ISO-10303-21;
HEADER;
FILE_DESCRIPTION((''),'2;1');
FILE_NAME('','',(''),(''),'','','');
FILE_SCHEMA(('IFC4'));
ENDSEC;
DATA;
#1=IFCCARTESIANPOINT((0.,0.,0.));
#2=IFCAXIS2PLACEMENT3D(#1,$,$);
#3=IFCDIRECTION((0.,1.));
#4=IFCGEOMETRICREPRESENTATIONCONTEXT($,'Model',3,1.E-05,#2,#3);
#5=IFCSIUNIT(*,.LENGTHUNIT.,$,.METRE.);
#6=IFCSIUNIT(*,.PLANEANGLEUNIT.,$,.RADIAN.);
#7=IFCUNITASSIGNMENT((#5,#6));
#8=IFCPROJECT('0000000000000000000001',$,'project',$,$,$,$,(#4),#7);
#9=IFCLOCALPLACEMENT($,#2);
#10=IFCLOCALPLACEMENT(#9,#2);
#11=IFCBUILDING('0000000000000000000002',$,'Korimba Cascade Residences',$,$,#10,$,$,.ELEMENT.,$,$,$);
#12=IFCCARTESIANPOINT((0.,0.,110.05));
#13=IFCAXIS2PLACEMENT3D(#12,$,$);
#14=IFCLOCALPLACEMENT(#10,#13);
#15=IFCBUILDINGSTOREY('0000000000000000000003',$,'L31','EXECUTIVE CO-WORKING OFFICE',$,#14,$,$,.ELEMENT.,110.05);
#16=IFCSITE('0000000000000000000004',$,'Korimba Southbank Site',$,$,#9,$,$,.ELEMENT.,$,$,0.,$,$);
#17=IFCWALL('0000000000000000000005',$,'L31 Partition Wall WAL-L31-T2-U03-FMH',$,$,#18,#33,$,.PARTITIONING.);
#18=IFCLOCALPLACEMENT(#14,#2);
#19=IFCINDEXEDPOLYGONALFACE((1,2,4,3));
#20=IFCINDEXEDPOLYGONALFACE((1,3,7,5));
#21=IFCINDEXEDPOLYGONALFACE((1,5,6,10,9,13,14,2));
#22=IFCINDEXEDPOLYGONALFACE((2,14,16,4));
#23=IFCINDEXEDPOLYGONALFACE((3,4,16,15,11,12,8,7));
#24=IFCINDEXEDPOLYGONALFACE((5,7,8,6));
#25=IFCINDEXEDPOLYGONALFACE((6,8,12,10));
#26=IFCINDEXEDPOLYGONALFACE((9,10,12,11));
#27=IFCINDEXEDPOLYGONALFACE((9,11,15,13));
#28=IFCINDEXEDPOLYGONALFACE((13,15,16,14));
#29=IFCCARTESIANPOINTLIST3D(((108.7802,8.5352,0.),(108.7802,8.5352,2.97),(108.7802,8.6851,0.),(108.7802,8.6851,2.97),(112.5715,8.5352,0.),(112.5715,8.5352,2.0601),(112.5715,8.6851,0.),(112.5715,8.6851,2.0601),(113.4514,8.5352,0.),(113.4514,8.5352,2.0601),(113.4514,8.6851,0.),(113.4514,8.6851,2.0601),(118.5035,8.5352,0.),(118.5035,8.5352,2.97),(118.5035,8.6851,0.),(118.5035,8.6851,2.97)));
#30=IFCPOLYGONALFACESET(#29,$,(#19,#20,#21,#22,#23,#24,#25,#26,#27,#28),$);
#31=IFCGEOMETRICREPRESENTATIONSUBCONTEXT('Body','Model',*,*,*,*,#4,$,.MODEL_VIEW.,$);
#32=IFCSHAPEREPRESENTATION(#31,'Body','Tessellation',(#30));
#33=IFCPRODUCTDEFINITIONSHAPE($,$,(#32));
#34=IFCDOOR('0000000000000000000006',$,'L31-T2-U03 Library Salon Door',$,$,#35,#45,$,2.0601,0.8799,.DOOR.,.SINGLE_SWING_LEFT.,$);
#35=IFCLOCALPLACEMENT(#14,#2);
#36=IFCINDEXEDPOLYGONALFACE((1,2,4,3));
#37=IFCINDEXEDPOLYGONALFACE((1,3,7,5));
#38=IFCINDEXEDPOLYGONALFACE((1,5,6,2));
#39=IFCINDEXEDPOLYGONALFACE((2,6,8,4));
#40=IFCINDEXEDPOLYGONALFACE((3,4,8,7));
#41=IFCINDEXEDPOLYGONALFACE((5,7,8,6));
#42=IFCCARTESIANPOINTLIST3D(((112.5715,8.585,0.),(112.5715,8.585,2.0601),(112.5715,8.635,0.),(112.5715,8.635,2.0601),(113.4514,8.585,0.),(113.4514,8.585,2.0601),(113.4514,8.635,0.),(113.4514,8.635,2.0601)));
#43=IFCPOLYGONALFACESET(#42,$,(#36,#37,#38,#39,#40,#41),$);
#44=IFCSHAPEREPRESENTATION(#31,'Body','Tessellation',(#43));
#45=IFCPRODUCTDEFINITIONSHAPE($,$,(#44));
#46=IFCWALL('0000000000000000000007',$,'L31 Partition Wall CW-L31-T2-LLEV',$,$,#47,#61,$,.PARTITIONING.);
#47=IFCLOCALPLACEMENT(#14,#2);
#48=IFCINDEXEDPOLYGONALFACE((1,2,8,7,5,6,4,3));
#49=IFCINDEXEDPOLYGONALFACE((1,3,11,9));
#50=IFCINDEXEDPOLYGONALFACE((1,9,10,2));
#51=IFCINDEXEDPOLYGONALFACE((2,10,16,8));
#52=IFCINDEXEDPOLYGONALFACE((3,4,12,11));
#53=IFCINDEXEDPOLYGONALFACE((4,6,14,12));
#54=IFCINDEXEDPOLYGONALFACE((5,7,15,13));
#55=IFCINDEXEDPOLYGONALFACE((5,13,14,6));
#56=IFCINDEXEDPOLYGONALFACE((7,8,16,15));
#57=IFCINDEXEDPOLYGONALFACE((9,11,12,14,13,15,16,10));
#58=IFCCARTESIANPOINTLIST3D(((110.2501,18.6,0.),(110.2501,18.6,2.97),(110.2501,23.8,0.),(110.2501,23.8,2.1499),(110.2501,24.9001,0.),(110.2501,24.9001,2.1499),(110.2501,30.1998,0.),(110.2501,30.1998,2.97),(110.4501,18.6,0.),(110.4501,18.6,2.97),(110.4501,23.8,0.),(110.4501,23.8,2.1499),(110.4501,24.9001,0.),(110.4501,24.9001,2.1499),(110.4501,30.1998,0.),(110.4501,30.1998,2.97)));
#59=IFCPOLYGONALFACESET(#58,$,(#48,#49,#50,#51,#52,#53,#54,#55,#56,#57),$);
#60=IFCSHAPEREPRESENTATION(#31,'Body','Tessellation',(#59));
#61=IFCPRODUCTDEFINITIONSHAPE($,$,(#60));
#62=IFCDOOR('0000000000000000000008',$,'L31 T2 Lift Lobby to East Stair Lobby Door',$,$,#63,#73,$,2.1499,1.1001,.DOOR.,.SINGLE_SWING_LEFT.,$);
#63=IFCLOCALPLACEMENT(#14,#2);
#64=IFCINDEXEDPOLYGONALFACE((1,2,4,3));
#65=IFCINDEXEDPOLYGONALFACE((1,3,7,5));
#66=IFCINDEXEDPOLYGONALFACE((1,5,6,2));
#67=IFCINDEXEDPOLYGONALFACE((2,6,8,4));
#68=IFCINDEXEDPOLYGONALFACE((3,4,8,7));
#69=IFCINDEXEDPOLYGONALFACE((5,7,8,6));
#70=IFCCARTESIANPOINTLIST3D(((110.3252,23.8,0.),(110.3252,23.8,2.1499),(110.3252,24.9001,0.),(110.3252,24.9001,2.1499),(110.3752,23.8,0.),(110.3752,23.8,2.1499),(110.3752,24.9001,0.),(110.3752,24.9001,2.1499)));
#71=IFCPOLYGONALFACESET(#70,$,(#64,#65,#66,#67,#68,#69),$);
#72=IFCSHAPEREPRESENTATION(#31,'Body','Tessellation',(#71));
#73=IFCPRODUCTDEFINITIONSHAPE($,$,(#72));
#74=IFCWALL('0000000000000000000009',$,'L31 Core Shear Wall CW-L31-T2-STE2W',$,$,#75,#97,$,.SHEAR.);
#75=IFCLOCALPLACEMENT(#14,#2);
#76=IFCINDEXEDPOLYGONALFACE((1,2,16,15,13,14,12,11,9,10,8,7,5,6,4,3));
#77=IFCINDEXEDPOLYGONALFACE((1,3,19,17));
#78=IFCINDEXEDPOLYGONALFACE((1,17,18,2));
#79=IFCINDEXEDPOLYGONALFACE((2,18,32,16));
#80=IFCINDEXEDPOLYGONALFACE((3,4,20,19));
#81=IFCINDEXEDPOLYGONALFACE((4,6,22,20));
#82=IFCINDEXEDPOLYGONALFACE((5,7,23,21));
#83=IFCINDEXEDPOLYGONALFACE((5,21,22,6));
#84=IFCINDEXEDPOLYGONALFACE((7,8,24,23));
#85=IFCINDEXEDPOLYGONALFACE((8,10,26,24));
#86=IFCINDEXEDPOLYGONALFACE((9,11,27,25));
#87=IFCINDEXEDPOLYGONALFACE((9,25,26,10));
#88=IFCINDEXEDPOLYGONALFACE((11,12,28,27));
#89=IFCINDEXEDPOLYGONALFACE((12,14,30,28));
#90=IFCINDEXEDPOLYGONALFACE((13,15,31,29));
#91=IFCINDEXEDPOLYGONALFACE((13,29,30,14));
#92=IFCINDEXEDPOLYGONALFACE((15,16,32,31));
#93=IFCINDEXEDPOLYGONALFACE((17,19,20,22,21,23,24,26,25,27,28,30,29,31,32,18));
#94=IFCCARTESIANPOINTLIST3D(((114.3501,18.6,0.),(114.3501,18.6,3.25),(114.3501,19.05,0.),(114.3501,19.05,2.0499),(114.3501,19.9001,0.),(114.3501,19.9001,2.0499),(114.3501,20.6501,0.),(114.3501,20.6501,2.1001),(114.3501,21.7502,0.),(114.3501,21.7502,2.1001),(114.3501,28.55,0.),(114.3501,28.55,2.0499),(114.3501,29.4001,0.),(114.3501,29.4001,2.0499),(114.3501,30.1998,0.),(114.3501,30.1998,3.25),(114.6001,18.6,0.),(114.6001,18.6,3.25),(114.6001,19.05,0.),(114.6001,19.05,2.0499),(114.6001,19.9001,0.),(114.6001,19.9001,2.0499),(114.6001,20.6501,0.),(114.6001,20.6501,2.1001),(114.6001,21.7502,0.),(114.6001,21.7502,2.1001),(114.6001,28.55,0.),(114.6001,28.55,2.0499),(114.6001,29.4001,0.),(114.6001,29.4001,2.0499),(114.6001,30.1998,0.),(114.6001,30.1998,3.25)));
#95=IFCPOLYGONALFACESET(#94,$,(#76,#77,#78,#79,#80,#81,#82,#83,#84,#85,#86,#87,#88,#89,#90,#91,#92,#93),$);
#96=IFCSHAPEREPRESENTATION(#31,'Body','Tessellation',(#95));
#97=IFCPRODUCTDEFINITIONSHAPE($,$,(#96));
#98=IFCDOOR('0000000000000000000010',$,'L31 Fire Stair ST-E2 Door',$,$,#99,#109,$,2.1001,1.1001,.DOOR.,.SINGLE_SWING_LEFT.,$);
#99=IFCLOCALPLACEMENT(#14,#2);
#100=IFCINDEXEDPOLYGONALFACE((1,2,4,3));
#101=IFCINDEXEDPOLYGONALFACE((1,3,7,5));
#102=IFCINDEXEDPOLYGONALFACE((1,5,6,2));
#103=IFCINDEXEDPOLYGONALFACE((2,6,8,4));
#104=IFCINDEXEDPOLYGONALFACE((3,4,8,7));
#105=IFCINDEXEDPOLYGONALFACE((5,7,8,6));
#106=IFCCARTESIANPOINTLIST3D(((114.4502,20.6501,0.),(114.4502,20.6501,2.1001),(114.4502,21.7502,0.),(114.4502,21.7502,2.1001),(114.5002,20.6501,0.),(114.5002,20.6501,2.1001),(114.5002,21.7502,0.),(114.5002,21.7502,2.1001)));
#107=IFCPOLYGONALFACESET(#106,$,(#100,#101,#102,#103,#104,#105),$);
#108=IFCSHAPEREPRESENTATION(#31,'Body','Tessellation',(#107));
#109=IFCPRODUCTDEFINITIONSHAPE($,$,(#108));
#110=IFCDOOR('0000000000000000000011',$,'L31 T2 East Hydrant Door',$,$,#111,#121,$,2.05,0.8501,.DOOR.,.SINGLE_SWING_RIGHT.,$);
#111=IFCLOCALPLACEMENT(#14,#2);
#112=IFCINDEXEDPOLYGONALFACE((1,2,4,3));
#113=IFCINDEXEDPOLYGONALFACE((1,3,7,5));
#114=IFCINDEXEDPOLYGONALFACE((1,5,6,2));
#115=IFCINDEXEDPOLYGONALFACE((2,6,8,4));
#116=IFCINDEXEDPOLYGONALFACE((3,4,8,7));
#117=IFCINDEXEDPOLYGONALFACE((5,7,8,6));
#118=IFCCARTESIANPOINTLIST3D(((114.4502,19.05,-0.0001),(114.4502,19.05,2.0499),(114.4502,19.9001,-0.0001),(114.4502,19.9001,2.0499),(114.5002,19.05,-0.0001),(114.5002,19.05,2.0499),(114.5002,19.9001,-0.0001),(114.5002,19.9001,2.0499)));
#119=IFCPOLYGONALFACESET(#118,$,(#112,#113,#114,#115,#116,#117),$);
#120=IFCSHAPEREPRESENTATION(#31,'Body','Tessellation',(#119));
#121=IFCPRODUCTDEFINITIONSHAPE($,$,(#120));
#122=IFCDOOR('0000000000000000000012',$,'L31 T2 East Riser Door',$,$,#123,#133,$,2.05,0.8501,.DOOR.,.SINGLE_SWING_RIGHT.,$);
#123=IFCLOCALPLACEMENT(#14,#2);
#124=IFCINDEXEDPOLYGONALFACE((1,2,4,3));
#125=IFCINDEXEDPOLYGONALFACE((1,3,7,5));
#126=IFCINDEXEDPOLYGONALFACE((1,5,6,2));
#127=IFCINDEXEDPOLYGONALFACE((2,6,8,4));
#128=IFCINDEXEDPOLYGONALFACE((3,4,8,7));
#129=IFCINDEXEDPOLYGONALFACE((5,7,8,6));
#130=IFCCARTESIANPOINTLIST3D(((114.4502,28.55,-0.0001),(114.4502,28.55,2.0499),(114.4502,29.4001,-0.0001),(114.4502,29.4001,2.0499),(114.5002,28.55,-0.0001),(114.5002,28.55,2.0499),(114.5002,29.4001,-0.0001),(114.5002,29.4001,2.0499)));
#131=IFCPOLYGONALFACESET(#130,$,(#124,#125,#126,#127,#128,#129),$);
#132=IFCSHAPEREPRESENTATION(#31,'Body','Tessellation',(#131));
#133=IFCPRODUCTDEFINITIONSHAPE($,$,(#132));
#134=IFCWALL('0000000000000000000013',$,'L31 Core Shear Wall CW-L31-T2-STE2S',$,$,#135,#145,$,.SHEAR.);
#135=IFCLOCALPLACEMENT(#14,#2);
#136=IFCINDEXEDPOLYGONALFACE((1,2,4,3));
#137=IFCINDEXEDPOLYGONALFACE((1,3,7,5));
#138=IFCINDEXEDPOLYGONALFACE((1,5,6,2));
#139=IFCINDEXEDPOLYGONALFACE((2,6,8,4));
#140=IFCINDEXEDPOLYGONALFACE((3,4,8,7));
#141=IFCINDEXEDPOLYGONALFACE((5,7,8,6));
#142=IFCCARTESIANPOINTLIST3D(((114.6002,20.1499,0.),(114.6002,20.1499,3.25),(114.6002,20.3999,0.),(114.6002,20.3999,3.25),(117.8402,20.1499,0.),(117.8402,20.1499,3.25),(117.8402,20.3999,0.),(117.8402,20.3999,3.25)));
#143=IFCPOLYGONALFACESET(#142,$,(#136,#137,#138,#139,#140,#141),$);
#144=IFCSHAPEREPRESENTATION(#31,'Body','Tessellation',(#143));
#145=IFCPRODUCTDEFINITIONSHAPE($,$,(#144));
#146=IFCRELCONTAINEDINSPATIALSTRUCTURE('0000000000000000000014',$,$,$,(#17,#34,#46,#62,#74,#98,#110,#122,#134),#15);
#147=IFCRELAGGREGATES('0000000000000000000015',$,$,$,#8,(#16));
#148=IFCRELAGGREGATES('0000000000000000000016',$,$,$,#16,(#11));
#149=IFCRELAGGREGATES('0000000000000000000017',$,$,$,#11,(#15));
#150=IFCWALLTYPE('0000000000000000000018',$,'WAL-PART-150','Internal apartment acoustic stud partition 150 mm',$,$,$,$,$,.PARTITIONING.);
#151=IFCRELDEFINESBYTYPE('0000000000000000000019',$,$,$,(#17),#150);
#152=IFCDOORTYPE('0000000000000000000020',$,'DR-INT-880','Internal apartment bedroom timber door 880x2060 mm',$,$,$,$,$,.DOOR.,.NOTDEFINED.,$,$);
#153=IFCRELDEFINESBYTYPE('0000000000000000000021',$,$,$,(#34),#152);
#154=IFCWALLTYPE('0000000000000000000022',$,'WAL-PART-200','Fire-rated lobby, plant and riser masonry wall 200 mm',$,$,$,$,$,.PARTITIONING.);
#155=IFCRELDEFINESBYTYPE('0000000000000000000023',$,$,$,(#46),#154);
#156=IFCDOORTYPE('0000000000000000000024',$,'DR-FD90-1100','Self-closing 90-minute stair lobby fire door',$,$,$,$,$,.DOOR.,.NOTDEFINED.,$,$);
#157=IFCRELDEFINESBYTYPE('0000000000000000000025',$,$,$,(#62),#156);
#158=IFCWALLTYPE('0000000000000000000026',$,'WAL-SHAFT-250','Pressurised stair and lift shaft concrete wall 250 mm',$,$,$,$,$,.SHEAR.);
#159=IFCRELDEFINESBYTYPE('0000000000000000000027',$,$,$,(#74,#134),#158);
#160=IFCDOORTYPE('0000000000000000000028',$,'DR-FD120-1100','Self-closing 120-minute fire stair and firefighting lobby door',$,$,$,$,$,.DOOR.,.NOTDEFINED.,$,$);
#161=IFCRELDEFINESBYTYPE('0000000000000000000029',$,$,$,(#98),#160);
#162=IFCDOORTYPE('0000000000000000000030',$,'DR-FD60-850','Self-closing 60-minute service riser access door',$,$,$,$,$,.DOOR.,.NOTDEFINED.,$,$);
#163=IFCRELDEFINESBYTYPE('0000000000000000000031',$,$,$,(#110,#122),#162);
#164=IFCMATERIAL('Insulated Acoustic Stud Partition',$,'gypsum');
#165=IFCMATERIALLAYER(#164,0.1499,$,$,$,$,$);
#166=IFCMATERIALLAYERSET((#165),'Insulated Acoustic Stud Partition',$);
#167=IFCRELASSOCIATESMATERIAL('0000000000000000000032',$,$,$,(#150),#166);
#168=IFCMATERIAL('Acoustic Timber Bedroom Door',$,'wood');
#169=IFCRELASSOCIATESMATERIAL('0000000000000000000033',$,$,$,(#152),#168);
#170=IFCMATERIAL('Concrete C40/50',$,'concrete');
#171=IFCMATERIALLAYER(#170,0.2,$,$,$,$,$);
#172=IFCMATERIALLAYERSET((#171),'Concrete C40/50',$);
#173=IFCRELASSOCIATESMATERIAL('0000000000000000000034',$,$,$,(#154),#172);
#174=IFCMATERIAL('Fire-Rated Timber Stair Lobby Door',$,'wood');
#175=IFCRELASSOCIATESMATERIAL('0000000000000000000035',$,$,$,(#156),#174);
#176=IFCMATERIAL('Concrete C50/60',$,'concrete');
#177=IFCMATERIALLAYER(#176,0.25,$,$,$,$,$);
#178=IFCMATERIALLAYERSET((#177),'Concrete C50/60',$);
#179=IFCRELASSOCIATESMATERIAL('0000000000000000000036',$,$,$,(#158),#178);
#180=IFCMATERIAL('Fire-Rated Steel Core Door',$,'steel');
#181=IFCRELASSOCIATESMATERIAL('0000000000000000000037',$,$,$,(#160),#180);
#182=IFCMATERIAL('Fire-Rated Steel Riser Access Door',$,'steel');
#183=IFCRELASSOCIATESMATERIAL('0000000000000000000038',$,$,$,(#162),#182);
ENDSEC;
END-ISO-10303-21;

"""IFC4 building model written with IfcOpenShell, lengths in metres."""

from ifc_helpers import new_model, si_unit, direction, frame, frame_2d, origin, place, context, subcontext, project, spatial, rectangle, extrude, material, layer, layer_set, type_object, element, fill, save


model = new_model("IFC4")

# Units and contexts
model_context = context("Model", 3, precision=1e-05, world=origin(), true_north=direction((0.0, 1.0)))
body_context = subcontext(model_context, "Body", "Model", "MODEL_VIEW")
ifc_project = project(units=[si_unit("LENGTHUNIT", "METRE"), si_unit("PLANEANGLEUNIT", "RADIAN")], contexts=[model_context])

# Site, building, storey
site_placement = place(None, origin())
site = spatial("IfcSite", under=ifc_project, at=site_placement, Name="Korimba Southbank Site", CompositionType="ELEMENT", RefElevation=0.0)
building_placement = place(site_placement, origin())
building = spatial("IfcBuilding", under=site, at=building_placement, Name="Korimba Cascade Residences", CompositionType="ELEMENT")
storey_placement = place(building_placement, frame((0.0, 0.0, 110.05)))
storey = spatial("IfcBuildingStorey", under=building, at=storey_placement, Name="L31", Description="EXECUTIVE CO-WORKING OFFICE", CompositionType="ELEMENT", Elevation=110.05)

# Shared definitions
ifc_material_1 = material(Name="Insulated Acoustic Stud Partition", Category="gypsum")
ifc_layer_1 = layer(ifc_material_1, 0.1499)
ifc_layer_set_1 = layer_set([ifc_layer_1], Name="Insulated Acoustic Stud Partition")
wall_type_1 = type_object("IfcWallType", Name="WAL-PART-150", Description="Internal apartment acoustic stud partition 150 mm", PredefinedType="PARTITIONING", material=ifc_layer_set_1)

# Walls, openings, doors
wall_1_placement = place(storey_placement, frame((108.78, 8.6101, 0.0), z_axis=(0.0, 0.0, 1.0), x_axis=(1.0, 0.0, 0.0)))
wall_1 = element("IfcWall", 1, at=wall_1_placement, inside=storey, type_object=wall_type_1, Name="L31 Partition Wall WAL-L31-T2-U03-FMH", PredefinedType="PARTITIONING", context=body_context, shape_type="SweptSolid", body=[
    extrude(rectangle(XDim=9.7234, YDim=0.1499, at=frame_2d((4.8618, 0.0))), origin(), (0.0, 0.0, 1.0), 2.97),
])
opening_1_placement = place(wall_1_placement, frame((3.7915, 0.0, 0.0)))
opening_1 = element("IfcOpeningElement", 2, at=opening_1_placement, cuts=wall_1, PredefinedType="OPENING", context=body_context, shape_type="SweptSolid", body=[
    extrude(rectangle(XDim=0.8799, YDim=2.0601, at=frame_2d((0.4399, 1.03))), frame((0.0, 0.085, 0.0), z_axis=(0.0, -1.0, 0.0), x_axis=(1.0, 0.0, 0.0)), (0.0, 0.0, 1.0), 0.1699),
])
ifc_material_2 = material(Name="Acoustic Timber Bedroom Door", Category="wood")
door_type_1 = type_object("IfcDoorType", Name="DR-INT-880", Description="Internal apartment bedroom timber door 880x2060 mm", OperationType="NOTDEFINED", PredefinedType="DOOR", material=ifc_material_2)
door_1_placement = place(opening_1_placement, origin())
door_1 = element("IfcDoor", 3, at=door_1_placement, inside=storey, type_object=door_type_1, Name="L31-T2-U03 Library Salon Door", OperationType="SINGLE_SWING_LEFT", OverallHeight=2.0601, OverallWidth=0.8799, PredefinedType="DOOR", context=body_context, shape_type="SweptSolid", body=[
    extrude(rectangle(XDim=0.8799, YDim=2.0601, at=frame_2d((0.4399, 1.03))), frame((0.0, 0.0249, 0.0), z_axis=(0.0, -1.0, 0.0), x_axis=(1.0, 0.0, 0.0)), (0.0, 0.0, 1.0), 0.05),
])
fill(opening_1, door_1)
ifc_material_3 = material(Name="Concrete C40/50", Category="concrete")
ifc_layer_2 = layer(ifc_material_3, 0.2)
ifc_layer_set_2 = layer_set([ifc_layer_2], Name="Concrete C40/50")
wall_type_2 = type_object("IfcWallType", Name="WAL-PART-200", Description="Fire-rated lobby, plant and riser masonry wall 200 mm", PredefinedType="PARTITIONING", material=ifc_layer_set_2)
wall_2_placement = place(storey_placement, frame((110.3501, 18.6001, 0.0), z_axis=(0.0, 0.0, 1.0), x_axis=(0.0, 1.0, 0.0)))
wall_2 = element("IfcWall", 4, at=wall_2_placement, inside=storey, type_object=wall_type_2, Name="L31 Partition Wall CW-L31-T2-LLEV", PredefinedType="PARTITIONING", context=body_context, shape_type="SweptSolid", body=[
    extrude(rectangle(XDim=11.5999, YDim=0.2, at=frame_2d((5.7998, 0.0))), origin(), (0.0, 0.0, 1.0), 2.97),
])
opening_2_placement = place(wall_2_placement, frame((5.2, 0.0, 0.0)))
opening_2 = element("IfcOpeningElement", 5, at=opening_2_placement, cuts=wall_2, PredefinedType="OPENING", context=body_context, shape_type="SweptSolid", body=[
    extrude(rectangle(XDim=1.1001, YDim=2.1499, at=frame_2d((0.55, 1.075))), frame((0.0, 0.1099, 0.0), z_axis=(0.0, -1.0, 0.0), x_axis=(1.0, 0.0, 0.0)), (0.0, 0.0, 1.0), 0.22),
])
ifc_material_4 = material(Name="Fire-Rated Timber Stair Lobby Door", Category="wood")
door_type_2 = type_object("IfcDoorType", Name="DR-FD90-1100", Description="Self-closing 90-minute stair lobby fire door", OperationType="NOTDEFINED", PredefinedType="DOOR", material=ifc_material_4)
door_2_placement = place(opening_2_placement, origin())
door_2 = element("IfcDoor", 6, at=door_2_placement, inside=storey, type_object=door_type_2, Name="L31 T2 Lift Lobby to East Stair Lobby Door", OperationType="SINGLE_SWING_LEFT", OverallHeight=2.1499, OverallWidth=1.1001, PredefinedType="DOOR", context=body_context, shape_type="SweptSolid", body=[
    extrude(rectangle(XDim=1.1001, YDim=2.1499, at=frame_2d((0.55, 1.075))), frame((0.0, 0.0249, 0.0), z_axis=(0.0, -1.0, 0.0), x_axis=(1.0, 0.0, 0.0)), (0.0, 0.0, 1.0), 0.05),
])
fill(opening_2, door_2)

# Wall, openings, doors
ifc_material_5 = material(Name="Concrete C50/60", Category="concrete")
ifc_layer_3 = layer(ifc_material_5, 0.25)
ifc_layer_set_3 = layer_set([ifc_layer_3], Name="Concrete C50/60")
wall_type_3 = type_object("IfcWallType", Name="WAL-SHAFT-250", Description="Pressurised stair and lift shaft concrete wall 250 mm", PredefinedType="SHEAR", material=ifc_layer_set_3)
wall_3_placement = place(storey_placement, frame((114.4751, 18.6001, 0.0), z_axis=(0.0, 0.0, 1.0), x_axis=(0.0, 1.0, 0.0)))
wall_3 = element("IfcWall", 7, at=wall_3_placement, inside=storey, type_object=wall_type_3, Name="L31 Core Shear Wall CW-L31-T2-STE2W", PredefinedType="SHEAR", context=body_context, shape_type="SweptSolid", body=[
    extrude(rectangle(XDim=11.5999, YDim=0.25, at=frame_2d((5.7998, 0.0))), origin(), (0.0, 0.0, 1.0), 3.25),
])
opening_3_placement = place(wall_3_placement, frame((0.45, 0.0, 0.0)))
opening_3 = element("IfcOpeningElement", 8, at=opening_3_placement, cuts=wall_3, PredefinedType="OPENING", context=body_context, shape_type="SweptSolid", body=[
    extrude(rectangle(XDim=0.8501, YDim=2.05, at=frame_2d((0.425, 1.0249))), frame((0.0, 0.135, 0.0), z_axis=(0.0, -1.0, 0.0), x_axis=(1.0, 0.0, 0.0)), (0.0, 0.0, 1.0), 0.27),
])
opening_4_placement = place(wall_3_placement, frame((2.05, 0.0, 0.0)))
opening_4 = element("IfcOpeningElement", 9, at=opening_4_placement, cuts=wall_3, PredefinedType="OPENING", context=body_context, shape_type="SweptSolid", body=[
    extrude(rectangle(XDim=1.1001, YDim=2.1001, at=frame_2d((0.55, 1.05))), frame((0.0, 0.135, 0.0), z_axis=(0.0, -1.0, 0.0), x_axis=(1.0, 0.0, 0.0)), (0.0, 0.0, 1.0), 0.27),
])
opening_5_placement = place(wall_3_placement, frame((9.95, 0.0, 0.0)))
opening_5 = element("IfcOpeningElement", 10, at=opening_5_placement, cuts=wall_3, PredefinedType="OPENING", context=body_context, shape_type="SweptSolid", body=[
    extrude(rectangle(XDim=0.8501, YDim=2.05, at=frame_2d((0.425, 1.0249))), frame((0.0, 0.135, 0.0), z_axis=(0.0, -1.0, 0.0), x_axis=(1.0, 0.0, 0.0)), (0.0, 0.0, 1.0), 0.27),
])
ifc_material_6 = material(Name="Fire-Rated Steel Core Door", Category="steel")
door_type_3 = type_object("IfcDoorType", Name="DR-FD120-1100", Description="Self-closing 120-minute fire stair and firefighting lobby door", OperationType="NOTDEFINED", PredefinedType="DOOR", material=ifc_material_6)
door_3_placement = place(opening_4_placement, origin())
door_3 = element("IfcDoor", 11, at=door_3_placement, inside=storey, type_object=door_type_3, Name="L31 Fire Stair ST-E2 Door", OperationType="SINGLE_SWING_LEFT", OverallHeight=2.1001, OverallWidth=1.1001, PredefinedType="DOOR", context=body_context, shape_type="SweptSolid", body=[
    extrude(rectangle(XDim=1.1001, YDim=2.1001, at=frame_2d((0.55, 1.05))), frame((0.0, 0.0249, 0.0), z_axis=(0.0, -1.0, 0.0), x_axis=(1.0, 0.0, 0.0)), (0.0, 0.0, 1.0), 0.05),
])
fill(opening_4, door_3)
ifc_material_7 = material(Name="Fire-Rated Steel Riser Access Door", Category="steel")
door_type_4 = type_object("IfcDoorType", Name="DR-FD60-850", Description="Self-closing 60-minute service riser access door", OperationType="NOTDEFINED", PredefinedType="DOOR", material=ifc_material_7)
door_4_placement = place(opening_3_placement, origin())
door_4 = element("IfcDoor", 12, at=door_4_placement, inside=storey, type_object=door_type_4, Name="L31 T2 East Hydrant Door", OperationType="SINGLE_SWING_RIGHT", OverallHeight=2.05, OverallWidth=0.8501, PredefinedType="DOOR", context=body_context, shape_type="SweptSolid", body=[
    extrude(rectangle(XDim=0.8501, YDim=2.05, at=frame_2d((0.425, 1.0249))), frame((0.0, 0.0249, 0.0), z_axis=(0.0, -1.0, 0.0), x_axis=(1.0, 0.0, 0.0)), (0.0, 0.0, 1.0), 0.05),
])
fill(opening_3, door_4)
door_5_placement = place(opening_5_placement, origin())
door_5 = element("IfcDoor", 13, at=door_5_placement, inside=storey, type_object=door_type_4, Name="L31 T2 East Riser Door", OperationType="SINGLE_SWING_RIGHT", OverallHeight=2.05, OverallWidth=0.8501, PredefinedType="DOOR", context=body_context, shape_type="SweptSolid", body=[
    extrude(rectangle(XDim=0.8501, YDim=2.05, at=frame_2d((0.425, 1.0249))), frame((0.0, 0.0249, 0.0), z_axis=(0.0, -1.0, 0.0), x_axis=(1.0, 0.0, 0.0)), (0.0, 0.0, 1.0), 0.05),
])
fill(opening_5, door_5)

# Wall
wall_4_placement = place(storey_placement, frame((114.6001, 20.2749, 0.0), z_axis=(0.0, 0.0, 1.0), x_axis=(1.0, 0.0, 0.0)))
element("IfcWall", 14, at=wall_4_placement, inside=storey, type_object=wall_type_3, Name="L31 Core Shear Wall CW-L31-T2-STE2S", PredefinedType="SHEAR", context=body_context, shape_type="SweptSolid", body=[
    extrude(rectangle(XDim=3.24, YDim=0.25, at=frame_2d((1.6201, 0.0))), origin(), (0.0, 0.0, 1.0), 3.25),
])

save(model, "model.ifc")
